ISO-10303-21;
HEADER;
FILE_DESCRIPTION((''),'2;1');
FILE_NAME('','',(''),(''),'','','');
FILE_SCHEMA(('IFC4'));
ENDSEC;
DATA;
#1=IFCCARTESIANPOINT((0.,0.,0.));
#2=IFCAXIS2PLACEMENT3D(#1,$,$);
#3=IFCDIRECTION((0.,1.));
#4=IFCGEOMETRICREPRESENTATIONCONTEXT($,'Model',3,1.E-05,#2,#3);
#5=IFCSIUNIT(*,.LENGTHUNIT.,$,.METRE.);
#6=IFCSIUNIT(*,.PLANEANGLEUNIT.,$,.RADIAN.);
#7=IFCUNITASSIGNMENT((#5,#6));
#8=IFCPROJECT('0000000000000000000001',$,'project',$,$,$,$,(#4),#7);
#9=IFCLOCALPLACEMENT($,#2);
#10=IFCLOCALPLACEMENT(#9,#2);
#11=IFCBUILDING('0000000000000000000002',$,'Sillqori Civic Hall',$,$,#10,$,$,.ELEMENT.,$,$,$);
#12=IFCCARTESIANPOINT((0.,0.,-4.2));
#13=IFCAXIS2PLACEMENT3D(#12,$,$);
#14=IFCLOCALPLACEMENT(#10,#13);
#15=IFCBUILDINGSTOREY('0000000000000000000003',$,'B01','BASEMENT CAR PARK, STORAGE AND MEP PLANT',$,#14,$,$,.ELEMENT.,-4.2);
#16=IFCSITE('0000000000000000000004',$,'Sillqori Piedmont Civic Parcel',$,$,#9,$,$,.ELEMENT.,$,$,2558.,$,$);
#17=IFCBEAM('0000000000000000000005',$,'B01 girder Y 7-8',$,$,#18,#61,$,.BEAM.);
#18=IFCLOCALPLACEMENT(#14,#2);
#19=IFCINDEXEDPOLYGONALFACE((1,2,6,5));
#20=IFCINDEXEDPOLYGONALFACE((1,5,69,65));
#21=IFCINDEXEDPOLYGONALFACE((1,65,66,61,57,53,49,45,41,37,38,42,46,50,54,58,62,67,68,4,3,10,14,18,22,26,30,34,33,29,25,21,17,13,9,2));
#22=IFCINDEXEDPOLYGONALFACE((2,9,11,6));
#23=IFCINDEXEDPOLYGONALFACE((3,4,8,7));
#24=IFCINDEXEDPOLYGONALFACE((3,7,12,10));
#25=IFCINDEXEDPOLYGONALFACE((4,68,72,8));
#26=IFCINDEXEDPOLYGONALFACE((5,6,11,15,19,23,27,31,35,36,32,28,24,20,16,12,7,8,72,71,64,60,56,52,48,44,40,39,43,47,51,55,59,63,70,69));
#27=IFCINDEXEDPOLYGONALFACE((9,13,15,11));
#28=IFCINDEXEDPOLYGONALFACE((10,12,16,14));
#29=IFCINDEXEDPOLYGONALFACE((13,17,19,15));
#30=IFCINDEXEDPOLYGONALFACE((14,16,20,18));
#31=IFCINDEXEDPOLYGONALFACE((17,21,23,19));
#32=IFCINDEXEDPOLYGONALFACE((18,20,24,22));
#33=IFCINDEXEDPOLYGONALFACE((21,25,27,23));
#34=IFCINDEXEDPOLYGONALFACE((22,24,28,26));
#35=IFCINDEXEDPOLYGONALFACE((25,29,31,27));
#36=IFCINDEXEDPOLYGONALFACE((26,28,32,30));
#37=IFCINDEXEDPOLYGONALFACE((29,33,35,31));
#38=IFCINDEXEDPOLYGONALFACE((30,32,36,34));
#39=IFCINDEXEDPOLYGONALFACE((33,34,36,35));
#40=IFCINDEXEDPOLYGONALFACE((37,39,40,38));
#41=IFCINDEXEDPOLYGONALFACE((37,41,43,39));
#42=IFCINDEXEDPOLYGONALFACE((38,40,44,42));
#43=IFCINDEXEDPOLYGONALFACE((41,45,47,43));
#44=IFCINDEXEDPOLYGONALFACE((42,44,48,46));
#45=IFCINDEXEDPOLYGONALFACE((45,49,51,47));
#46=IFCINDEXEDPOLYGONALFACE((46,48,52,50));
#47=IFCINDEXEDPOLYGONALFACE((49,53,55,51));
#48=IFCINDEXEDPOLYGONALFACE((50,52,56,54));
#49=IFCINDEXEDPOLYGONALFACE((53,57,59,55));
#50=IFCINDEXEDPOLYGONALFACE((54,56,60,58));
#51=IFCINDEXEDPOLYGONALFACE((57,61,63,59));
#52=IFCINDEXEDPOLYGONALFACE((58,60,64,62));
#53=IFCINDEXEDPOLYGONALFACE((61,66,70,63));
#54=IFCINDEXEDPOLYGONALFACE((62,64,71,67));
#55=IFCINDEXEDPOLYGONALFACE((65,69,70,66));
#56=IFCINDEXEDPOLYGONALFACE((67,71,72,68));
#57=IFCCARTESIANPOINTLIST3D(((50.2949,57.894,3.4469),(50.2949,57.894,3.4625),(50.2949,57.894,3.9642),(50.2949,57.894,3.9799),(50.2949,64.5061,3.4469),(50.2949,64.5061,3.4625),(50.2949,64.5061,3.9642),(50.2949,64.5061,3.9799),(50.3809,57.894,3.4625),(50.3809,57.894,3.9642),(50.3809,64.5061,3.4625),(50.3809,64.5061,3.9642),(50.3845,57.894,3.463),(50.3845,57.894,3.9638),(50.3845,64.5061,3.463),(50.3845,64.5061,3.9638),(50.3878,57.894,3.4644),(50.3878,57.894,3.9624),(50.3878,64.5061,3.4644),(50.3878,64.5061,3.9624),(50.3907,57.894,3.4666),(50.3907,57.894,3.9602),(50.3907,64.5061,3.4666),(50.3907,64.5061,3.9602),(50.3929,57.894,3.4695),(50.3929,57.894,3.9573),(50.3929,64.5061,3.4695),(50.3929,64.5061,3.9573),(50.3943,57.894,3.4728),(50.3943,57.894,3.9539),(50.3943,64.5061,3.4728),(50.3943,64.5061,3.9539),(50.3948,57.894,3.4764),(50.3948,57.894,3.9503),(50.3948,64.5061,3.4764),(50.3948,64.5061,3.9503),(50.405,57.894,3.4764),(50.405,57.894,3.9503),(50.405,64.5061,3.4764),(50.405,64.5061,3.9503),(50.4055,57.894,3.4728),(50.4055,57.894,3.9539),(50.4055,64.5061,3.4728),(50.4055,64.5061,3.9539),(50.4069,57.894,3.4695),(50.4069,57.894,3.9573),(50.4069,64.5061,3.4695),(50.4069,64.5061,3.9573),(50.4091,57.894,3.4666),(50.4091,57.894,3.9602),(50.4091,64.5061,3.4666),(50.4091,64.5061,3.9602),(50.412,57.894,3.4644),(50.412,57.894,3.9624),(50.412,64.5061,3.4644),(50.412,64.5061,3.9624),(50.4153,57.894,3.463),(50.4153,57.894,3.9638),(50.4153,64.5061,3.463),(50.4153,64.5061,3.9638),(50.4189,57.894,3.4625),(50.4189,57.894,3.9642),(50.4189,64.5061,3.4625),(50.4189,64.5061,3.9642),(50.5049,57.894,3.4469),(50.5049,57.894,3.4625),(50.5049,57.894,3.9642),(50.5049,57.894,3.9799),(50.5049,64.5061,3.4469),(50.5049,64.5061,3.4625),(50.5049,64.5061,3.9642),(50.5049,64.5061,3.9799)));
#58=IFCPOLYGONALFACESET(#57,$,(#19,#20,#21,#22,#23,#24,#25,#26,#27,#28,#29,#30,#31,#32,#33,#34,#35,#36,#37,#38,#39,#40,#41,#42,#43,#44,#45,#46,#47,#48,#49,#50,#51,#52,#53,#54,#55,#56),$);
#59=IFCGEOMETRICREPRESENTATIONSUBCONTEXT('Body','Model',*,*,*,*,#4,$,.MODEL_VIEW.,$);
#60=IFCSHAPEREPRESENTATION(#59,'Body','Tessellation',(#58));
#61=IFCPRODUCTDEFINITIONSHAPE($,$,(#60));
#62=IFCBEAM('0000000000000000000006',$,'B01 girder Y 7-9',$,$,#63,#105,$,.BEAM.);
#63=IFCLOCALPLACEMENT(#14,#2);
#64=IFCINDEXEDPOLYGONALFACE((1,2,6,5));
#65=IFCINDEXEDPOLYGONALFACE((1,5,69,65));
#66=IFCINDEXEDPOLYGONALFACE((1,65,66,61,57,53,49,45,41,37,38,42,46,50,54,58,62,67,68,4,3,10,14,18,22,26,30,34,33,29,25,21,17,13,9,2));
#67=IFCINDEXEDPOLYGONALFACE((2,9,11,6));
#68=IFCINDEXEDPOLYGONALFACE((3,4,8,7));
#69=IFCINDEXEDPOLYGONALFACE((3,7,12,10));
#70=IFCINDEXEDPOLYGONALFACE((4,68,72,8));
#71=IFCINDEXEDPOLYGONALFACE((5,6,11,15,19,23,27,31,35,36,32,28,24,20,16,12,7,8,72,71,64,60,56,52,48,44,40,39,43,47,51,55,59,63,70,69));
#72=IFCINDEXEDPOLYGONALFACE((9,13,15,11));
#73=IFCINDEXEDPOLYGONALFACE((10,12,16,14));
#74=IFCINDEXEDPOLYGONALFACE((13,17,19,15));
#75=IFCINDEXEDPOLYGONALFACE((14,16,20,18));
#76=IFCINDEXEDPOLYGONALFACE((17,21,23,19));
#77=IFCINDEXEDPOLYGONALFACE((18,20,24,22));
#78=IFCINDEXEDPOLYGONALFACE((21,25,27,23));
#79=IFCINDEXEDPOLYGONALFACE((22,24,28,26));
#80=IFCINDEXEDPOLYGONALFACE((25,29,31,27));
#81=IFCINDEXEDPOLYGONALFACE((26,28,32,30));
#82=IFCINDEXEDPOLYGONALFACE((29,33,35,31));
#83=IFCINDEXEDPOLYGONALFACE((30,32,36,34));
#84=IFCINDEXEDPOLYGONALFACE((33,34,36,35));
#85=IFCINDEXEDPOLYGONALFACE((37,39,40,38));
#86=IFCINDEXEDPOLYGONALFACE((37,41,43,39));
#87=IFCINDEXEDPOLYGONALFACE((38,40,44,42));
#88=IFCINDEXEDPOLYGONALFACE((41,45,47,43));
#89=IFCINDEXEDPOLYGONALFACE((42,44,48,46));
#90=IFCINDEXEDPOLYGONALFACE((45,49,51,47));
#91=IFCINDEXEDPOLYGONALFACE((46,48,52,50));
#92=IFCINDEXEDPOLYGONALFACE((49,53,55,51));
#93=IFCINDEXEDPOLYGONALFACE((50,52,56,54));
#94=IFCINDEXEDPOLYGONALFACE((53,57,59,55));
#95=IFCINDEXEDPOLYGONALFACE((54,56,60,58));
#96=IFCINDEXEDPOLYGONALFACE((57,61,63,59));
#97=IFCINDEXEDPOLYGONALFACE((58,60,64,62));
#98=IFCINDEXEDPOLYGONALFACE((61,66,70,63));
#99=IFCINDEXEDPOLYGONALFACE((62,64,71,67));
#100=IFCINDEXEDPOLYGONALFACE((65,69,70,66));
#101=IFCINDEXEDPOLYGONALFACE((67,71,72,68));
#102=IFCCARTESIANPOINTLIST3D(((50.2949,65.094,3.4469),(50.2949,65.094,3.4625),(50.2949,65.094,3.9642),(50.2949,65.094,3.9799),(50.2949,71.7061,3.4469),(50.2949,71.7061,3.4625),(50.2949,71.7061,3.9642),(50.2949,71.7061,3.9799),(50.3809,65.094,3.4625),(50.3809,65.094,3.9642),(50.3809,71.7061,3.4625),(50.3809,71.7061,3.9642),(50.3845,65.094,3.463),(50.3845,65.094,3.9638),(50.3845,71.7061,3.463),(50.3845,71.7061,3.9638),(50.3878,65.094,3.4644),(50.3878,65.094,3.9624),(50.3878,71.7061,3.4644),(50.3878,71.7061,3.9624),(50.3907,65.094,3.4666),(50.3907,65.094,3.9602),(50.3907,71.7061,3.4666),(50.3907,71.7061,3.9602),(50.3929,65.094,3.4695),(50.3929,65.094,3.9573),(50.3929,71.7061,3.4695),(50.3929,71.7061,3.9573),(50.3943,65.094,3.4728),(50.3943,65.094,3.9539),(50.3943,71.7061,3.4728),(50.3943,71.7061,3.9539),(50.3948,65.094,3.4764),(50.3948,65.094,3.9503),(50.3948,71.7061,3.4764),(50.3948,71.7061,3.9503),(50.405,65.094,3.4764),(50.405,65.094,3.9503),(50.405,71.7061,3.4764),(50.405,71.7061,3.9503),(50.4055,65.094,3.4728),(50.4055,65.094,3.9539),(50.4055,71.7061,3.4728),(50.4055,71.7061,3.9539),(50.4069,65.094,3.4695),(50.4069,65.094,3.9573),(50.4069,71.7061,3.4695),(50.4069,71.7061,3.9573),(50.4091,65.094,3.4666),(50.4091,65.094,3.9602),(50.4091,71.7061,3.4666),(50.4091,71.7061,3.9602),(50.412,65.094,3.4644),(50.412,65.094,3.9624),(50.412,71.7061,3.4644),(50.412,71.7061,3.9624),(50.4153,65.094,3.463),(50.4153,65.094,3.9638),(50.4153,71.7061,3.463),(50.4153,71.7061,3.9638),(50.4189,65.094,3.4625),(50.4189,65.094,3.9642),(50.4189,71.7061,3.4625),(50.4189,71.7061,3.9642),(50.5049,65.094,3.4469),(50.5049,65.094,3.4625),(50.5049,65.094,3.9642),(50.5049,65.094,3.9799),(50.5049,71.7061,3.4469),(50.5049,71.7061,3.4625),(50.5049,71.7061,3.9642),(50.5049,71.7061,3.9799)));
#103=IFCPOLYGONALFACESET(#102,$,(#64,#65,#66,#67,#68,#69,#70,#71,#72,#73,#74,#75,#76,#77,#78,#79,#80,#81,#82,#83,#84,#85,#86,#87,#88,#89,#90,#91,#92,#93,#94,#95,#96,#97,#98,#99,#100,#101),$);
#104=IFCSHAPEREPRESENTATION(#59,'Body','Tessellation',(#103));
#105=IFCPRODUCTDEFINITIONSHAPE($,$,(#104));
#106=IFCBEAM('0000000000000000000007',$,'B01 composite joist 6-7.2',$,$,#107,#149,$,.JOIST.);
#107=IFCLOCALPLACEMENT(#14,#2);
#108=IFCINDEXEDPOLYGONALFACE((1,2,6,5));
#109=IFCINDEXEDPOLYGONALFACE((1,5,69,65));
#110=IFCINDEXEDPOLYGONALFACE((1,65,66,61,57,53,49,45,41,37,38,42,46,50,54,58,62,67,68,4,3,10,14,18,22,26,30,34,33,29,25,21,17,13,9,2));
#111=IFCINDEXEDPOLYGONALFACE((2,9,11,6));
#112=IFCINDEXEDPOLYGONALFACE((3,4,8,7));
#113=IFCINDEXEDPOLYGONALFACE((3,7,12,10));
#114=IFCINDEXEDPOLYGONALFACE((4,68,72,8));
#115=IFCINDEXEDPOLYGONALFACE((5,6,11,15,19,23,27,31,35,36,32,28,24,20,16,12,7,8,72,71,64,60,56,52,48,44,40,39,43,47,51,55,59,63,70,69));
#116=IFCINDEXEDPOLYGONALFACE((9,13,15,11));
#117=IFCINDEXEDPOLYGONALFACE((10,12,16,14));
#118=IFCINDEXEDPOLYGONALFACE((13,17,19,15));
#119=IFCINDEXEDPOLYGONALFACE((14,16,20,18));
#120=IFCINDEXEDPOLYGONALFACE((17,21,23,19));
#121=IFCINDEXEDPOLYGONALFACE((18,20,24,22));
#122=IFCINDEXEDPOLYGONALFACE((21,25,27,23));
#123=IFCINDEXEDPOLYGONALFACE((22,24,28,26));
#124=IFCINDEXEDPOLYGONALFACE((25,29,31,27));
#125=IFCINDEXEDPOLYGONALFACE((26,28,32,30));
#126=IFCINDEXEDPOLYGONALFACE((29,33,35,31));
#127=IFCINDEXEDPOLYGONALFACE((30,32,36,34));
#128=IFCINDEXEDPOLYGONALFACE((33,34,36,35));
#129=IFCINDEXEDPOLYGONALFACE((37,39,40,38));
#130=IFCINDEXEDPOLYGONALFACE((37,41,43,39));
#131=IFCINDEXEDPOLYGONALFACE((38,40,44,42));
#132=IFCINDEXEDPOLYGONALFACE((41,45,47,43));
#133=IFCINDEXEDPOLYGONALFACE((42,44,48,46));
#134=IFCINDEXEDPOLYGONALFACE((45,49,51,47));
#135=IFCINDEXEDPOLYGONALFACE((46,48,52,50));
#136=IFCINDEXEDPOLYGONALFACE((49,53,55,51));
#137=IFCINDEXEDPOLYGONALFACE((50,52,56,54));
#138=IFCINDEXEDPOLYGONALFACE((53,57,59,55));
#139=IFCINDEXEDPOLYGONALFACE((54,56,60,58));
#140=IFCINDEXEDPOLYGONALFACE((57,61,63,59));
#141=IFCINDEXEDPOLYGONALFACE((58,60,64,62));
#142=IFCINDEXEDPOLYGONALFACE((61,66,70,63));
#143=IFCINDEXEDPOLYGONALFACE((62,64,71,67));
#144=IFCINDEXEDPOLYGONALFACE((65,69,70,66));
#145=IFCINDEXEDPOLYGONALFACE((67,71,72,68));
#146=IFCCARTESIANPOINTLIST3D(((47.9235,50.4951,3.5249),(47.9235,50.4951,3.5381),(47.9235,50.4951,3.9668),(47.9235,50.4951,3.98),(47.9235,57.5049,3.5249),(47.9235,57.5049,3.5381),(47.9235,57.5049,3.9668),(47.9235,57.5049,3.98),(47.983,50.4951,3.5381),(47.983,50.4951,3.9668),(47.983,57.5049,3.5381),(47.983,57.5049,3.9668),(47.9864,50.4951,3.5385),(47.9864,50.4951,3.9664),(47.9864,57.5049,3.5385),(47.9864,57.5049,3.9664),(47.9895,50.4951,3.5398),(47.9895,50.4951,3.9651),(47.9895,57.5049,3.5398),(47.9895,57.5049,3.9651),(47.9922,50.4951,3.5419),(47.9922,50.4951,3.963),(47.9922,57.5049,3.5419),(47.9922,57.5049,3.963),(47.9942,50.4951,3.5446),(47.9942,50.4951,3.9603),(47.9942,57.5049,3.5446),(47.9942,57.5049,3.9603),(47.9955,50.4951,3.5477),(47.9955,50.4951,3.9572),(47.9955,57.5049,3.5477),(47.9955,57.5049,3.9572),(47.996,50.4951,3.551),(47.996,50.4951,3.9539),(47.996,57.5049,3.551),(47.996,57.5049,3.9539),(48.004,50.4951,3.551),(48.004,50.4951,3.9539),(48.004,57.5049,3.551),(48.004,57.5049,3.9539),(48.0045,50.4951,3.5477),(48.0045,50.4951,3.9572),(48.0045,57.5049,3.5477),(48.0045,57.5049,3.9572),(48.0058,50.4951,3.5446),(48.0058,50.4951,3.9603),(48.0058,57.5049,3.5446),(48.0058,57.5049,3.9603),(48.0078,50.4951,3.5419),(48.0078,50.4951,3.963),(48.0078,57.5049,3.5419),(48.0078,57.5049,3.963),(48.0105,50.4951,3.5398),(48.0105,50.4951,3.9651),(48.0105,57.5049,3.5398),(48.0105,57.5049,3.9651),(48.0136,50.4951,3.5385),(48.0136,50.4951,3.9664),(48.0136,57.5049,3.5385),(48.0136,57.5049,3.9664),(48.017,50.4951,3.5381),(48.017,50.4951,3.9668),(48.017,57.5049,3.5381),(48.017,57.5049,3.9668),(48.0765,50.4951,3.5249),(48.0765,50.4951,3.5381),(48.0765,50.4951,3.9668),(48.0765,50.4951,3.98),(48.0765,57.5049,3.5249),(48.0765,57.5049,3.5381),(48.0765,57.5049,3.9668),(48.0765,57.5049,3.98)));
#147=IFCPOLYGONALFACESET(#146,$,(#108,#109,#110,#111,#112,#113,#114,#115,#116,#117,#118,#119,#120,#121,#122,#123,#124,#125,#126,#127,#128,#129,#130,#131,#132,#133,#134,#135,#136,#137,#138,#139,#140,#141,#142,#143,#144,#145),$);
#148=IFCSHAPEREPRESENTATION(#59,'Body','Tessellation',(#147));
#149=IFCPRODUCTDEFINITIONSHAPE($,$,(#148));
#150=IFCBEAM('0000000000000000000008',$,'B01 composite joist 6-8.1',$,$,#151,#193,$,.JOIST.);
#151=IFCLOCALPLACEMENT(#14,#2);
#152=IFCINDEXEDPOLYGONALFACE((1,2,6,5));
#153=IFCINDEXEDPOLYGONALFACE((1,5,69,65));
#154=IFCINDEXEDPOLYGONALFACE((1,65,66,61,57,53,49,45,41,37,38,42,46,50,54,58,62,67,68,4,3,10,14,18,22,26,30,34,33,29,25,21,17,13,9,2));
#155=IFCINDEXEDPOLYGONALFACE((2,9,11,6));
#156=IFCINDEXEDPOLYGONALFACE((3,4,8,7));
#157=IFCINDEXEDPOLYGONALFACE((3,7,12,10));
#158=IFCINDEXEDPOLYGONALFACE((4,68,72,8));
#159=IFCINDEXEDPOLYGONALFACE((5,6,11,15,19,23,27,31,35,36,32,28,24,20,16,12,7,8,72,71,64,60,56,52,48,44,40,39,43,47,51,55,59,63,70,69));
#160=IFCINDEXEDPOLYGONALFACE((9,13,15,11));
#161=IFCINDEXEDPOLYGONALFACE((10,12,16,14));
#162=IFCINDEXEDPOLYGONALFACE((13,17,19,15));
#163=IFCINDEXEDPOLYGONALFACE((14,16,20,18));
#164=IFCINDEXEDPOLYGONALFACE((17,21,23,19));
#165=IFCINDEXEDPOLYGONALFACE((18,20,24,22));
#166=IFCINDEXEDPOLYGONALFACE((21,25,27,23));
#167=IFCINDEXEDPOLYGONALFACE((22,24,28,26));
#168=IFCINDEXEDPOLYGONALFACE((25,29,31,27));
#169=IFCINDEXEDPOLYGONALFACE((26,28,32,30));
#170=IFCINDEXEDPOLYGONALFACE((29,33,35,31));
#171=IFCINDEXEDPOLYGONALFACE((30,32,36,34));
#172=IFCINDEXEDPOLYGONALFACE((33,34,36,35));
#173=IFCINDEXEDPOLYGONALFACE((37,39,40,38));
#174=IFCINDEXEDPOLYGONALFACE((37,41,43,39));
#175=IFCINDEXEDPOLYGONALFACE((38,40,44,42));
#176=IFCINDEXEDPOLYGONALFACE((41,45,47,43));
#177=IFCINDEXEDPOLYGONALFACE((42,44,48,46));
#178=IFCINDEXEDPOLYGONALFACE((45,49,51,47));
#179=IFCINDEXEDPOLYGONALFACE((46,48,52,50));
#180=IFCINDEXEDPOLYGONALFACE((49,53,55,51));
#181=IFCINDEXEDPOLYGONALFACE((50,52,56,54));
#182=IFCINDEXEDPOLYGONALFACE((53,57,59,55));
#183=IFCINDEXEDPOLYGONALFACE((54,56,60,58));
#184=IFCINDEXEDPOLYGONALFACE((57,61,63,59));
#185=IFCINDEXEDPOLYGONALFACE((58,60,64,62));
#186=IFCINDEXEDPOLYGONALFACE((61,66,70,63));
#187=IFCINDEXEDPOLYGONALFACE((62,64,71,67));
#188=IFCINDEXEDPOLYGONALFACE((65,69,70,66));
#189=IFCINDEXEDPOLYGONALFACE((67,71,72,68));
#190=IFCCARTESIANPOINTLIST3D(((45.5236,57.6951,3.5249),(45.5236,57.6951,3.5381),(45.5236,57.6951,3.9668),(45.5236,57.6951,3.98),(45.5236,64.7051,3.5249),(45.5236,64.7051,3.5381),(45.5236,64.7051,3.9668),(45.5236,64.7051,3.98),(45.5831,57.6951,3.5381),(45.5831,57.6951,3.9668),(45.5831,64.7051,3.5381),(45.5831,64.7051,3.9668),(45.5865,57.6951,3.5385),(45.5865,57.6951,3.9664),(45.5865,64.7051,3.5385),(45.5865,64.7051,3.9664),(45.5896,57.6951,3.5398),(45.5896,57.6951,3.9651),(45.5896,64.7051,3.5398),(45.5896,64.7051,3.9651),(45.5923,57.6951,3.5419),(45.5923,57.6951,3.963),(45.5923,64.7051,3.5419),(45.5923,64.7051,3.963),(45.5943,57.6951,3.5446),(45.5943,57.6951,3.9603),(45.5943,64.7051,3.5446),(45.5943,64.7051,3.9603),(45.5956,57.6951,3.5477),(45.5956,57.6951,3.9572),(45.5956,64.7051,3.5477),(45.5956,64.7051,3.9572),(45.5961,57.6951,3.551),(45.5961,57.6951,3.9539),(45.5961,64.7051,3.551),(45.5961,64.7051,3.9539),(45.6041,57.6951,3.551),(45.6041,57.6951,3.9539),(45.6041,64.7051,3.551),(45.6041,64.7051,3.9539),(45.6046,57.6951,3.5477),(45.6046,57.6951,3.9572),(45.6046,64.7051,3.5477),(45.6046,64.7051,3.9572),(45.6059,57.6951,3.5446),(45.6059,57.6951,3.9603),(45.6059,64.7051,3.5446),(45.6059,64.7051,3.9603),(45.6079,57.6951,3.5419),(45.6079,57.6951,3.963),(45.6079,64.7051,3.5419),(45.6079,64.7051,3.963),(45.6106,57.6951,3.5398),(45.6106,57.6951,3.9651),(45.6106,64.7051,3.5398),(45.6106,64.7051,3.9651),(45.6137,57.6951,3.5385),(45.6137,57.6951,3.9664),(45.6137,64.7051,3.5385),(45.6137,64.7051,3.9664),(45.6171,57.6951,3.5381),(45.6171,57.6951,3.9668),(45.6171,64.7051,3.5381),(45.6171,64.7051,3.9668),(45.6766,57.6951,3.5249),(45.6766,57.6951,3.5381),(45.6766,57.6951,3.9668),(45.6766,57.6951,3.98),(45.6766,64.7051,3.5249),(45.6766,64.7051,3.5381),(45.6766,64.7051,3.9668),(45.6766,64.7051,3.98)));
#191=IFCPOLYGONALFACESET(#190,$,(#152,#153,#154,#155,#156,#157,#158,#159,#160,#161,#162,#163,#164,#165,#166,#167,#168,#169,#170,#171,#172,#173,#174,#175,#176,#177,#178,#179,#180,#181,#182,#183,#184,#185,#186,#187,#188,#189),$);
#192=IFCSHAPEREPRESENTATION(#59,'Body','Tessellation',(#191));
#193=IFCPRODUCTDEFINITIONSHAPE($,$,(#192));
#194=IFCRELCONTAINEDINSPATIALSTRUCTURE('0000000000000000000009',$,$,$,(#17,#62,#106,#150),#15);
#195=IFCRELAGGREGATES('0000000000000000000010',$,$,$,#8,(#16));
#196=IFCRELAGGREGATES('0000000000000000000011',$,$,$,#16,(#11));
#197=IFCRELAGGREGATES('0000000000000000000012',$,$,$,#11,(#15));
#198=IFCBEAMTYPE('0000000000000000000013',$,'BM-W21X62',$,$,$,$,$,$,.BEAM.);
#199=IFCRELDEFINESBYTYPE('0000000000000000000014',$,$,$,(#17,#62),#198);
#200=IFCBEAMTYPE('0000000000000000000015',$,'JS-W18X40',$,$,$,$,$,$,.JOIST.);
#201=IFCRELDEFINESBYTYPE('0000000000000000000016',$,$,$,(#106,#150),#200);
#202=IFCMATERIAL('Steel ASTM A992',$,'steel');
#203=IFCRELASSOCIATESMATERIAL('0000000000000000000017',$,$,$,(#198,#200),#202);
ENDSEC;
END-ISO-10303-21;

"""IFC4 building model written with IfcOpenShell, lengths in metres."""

from ifc_helpers import new_model, si_unit, direction, frame, origin, origin_2d, place, context, subcontext, project, spatial, i_section, extrude, material, material_profile, profile_set, type_object, element, save


model = new_model("IFC4")

# Units and contexts
model_context = context("Model", 3, precision=1e-05, world=origin(), true_north=direction((0.0, 1.0)))
body_context = subcontext(model_context, "Body", "Model", "MODEL_VIEW")
ifc_project = project(units=[si_unit("LENGTHUNIT", "METRE"), si_unit("PLANEANGLEUNIT", "RADIAN")], contexts=[model_context])

# Site, building, storey
site_placement = place(None, origin())
site = spatial("IfcSite", under=ifc_project, at=site_placement, Name="Sillqori Piedmont Civic Parcel", CompositionType="ELEMENT", RefElevation=2558.0)
building_placement = place(site_placement, origin())
building = spatial("IfcBuilding", under=site, at=building_placement, Name="Sillqori Civic Hall", CompositionType="ELEMENT")
storey_placement = place(building_placement, frame((0.0, 0.0, -4.2)))
storey = spatial("IfcBuildingStorey", under=building, at=storey_placement, Name="B01", Description="BASEMENT CAR PARK, STORAGE AND MEP PLANT", CompositionType="ELEMENT", Elevation=-4.2)

# Beams
ifc_material_1 = material(Name="Steel ASTM A992", Category="steel")
ifc_material_profile_1 = material_profile(ifc_material_1, i_section(OverallWidth=0.21, OverallDepth=0.533, WebThickness=0.0103, FlangeThickness=0.0156, FilletRadius=0.0139, at=origin_2d()), Name="W21X62")
ifc_profile_set_1 = profile_set([ifc_material_profile_1], Name="Steel ASTM A992")
beam_type_1 = type_object("IfcBeamType", Name="BM-W21X62", PredefinedType="BEAM", material=ifc_profile_set_1)
for number, where, z_axis, x_axis, name in (
    (1, (50.3999, 57.894, 3.7134), (0.0, 1.0, 0.0), (-1.0, 0.0, 0.0), "B01 girder Y 7-8"),
    (2, (50.3999, 65.094, 3.7134), (0.0, 1.0, 0.0), (-1.0, 0.0, 0.0), "B01 girder Y 7-9"),
):
    element("IfcBeam", number, at=place(storey_placement, frame(where, z_axis=z_axis, x_axis=x_axis)), inside=storey, type_object=beam_type_1, Name=name, PredefinedType="BEAM", context=body_context, shape_type="SweptSolid", body=[
        extrude(i_section(OverallWidth=0.21, OverallDepth=0.533, WebThickness=0.0103, FlangeThickness=0.0156, FilletRadius=0.0139, at=origin_2d()), origin(), (0.0, 0.0, 1.0), 6.6121),
    ])
ifc_material_profile_2 = material_profile(ifc_material_1, i_section(OverallWidth=0.1531, OverallDepth=0.4551, WebThickness=0.0081, FlangeThickness=0.0132, FilletRadius=0.0129, at=origin_2d()), Name="W18X40")
ifc_profile_set_2 = profile_set([ifc_material_profile_2], Name="Steel ASTM A992")
beam_type_2 = type_object("IfcBeamType", Name="JS-W18X40", PredefinedType="JOIST", material=ifc_profile_set_2)
beam_1_placement = place(storey_placement, frame((48.0, 50.4951, 3.7524), z_axis=(0.0, 1.0, 0.0), x_axis=(-1.0, 0.0, 0.0)))
element("IfcBeam", 3, at=beam_1_placement, inside=storey, type_object=beam_type_2, Name="B01 composite joist 6-7.2", PredefinedType="JOIST", context=body_context, shape_type="SweptSolid", body=[
    extrude(i_section(OverallWidth=0.1531, OverallDepth=0.4551, WebThickness=0.0081, FlangeThickness=0.0132, FilletRadius=0.0129, at=origin_2d()), origin(), (0.0, 0.0, 1.0), 7.0098),
])
for number, where, z_axis, x_axis, name in (
    (4, (45.6001, 57.6951, 3.7524), (0.0, 1.0, 0.0), (-1.0, 0.0, 0.0), "B01 composite joist 6-8.1"),
):
    element("IfcBeam", number, at=place(storey_placement, frame(where, z_axis=z_axis, x_axis=x_axis)), inside=storey, type_object=beam_type_2, Name=name, PredefinedType="JOIST", context=body_context, shape_type="SweptSolid", body=[
        extrude(i_section(OverallWidth=0.1531, OverallDepth=0.4551, WebThickness=0.0081, FlangeThickness=0.0132, FilletRadius=0.0129, at=origin_2d()), origin(), (0.0, 0.0, 1.0), 7.01),
    ])

save(model, "model.ifc")
